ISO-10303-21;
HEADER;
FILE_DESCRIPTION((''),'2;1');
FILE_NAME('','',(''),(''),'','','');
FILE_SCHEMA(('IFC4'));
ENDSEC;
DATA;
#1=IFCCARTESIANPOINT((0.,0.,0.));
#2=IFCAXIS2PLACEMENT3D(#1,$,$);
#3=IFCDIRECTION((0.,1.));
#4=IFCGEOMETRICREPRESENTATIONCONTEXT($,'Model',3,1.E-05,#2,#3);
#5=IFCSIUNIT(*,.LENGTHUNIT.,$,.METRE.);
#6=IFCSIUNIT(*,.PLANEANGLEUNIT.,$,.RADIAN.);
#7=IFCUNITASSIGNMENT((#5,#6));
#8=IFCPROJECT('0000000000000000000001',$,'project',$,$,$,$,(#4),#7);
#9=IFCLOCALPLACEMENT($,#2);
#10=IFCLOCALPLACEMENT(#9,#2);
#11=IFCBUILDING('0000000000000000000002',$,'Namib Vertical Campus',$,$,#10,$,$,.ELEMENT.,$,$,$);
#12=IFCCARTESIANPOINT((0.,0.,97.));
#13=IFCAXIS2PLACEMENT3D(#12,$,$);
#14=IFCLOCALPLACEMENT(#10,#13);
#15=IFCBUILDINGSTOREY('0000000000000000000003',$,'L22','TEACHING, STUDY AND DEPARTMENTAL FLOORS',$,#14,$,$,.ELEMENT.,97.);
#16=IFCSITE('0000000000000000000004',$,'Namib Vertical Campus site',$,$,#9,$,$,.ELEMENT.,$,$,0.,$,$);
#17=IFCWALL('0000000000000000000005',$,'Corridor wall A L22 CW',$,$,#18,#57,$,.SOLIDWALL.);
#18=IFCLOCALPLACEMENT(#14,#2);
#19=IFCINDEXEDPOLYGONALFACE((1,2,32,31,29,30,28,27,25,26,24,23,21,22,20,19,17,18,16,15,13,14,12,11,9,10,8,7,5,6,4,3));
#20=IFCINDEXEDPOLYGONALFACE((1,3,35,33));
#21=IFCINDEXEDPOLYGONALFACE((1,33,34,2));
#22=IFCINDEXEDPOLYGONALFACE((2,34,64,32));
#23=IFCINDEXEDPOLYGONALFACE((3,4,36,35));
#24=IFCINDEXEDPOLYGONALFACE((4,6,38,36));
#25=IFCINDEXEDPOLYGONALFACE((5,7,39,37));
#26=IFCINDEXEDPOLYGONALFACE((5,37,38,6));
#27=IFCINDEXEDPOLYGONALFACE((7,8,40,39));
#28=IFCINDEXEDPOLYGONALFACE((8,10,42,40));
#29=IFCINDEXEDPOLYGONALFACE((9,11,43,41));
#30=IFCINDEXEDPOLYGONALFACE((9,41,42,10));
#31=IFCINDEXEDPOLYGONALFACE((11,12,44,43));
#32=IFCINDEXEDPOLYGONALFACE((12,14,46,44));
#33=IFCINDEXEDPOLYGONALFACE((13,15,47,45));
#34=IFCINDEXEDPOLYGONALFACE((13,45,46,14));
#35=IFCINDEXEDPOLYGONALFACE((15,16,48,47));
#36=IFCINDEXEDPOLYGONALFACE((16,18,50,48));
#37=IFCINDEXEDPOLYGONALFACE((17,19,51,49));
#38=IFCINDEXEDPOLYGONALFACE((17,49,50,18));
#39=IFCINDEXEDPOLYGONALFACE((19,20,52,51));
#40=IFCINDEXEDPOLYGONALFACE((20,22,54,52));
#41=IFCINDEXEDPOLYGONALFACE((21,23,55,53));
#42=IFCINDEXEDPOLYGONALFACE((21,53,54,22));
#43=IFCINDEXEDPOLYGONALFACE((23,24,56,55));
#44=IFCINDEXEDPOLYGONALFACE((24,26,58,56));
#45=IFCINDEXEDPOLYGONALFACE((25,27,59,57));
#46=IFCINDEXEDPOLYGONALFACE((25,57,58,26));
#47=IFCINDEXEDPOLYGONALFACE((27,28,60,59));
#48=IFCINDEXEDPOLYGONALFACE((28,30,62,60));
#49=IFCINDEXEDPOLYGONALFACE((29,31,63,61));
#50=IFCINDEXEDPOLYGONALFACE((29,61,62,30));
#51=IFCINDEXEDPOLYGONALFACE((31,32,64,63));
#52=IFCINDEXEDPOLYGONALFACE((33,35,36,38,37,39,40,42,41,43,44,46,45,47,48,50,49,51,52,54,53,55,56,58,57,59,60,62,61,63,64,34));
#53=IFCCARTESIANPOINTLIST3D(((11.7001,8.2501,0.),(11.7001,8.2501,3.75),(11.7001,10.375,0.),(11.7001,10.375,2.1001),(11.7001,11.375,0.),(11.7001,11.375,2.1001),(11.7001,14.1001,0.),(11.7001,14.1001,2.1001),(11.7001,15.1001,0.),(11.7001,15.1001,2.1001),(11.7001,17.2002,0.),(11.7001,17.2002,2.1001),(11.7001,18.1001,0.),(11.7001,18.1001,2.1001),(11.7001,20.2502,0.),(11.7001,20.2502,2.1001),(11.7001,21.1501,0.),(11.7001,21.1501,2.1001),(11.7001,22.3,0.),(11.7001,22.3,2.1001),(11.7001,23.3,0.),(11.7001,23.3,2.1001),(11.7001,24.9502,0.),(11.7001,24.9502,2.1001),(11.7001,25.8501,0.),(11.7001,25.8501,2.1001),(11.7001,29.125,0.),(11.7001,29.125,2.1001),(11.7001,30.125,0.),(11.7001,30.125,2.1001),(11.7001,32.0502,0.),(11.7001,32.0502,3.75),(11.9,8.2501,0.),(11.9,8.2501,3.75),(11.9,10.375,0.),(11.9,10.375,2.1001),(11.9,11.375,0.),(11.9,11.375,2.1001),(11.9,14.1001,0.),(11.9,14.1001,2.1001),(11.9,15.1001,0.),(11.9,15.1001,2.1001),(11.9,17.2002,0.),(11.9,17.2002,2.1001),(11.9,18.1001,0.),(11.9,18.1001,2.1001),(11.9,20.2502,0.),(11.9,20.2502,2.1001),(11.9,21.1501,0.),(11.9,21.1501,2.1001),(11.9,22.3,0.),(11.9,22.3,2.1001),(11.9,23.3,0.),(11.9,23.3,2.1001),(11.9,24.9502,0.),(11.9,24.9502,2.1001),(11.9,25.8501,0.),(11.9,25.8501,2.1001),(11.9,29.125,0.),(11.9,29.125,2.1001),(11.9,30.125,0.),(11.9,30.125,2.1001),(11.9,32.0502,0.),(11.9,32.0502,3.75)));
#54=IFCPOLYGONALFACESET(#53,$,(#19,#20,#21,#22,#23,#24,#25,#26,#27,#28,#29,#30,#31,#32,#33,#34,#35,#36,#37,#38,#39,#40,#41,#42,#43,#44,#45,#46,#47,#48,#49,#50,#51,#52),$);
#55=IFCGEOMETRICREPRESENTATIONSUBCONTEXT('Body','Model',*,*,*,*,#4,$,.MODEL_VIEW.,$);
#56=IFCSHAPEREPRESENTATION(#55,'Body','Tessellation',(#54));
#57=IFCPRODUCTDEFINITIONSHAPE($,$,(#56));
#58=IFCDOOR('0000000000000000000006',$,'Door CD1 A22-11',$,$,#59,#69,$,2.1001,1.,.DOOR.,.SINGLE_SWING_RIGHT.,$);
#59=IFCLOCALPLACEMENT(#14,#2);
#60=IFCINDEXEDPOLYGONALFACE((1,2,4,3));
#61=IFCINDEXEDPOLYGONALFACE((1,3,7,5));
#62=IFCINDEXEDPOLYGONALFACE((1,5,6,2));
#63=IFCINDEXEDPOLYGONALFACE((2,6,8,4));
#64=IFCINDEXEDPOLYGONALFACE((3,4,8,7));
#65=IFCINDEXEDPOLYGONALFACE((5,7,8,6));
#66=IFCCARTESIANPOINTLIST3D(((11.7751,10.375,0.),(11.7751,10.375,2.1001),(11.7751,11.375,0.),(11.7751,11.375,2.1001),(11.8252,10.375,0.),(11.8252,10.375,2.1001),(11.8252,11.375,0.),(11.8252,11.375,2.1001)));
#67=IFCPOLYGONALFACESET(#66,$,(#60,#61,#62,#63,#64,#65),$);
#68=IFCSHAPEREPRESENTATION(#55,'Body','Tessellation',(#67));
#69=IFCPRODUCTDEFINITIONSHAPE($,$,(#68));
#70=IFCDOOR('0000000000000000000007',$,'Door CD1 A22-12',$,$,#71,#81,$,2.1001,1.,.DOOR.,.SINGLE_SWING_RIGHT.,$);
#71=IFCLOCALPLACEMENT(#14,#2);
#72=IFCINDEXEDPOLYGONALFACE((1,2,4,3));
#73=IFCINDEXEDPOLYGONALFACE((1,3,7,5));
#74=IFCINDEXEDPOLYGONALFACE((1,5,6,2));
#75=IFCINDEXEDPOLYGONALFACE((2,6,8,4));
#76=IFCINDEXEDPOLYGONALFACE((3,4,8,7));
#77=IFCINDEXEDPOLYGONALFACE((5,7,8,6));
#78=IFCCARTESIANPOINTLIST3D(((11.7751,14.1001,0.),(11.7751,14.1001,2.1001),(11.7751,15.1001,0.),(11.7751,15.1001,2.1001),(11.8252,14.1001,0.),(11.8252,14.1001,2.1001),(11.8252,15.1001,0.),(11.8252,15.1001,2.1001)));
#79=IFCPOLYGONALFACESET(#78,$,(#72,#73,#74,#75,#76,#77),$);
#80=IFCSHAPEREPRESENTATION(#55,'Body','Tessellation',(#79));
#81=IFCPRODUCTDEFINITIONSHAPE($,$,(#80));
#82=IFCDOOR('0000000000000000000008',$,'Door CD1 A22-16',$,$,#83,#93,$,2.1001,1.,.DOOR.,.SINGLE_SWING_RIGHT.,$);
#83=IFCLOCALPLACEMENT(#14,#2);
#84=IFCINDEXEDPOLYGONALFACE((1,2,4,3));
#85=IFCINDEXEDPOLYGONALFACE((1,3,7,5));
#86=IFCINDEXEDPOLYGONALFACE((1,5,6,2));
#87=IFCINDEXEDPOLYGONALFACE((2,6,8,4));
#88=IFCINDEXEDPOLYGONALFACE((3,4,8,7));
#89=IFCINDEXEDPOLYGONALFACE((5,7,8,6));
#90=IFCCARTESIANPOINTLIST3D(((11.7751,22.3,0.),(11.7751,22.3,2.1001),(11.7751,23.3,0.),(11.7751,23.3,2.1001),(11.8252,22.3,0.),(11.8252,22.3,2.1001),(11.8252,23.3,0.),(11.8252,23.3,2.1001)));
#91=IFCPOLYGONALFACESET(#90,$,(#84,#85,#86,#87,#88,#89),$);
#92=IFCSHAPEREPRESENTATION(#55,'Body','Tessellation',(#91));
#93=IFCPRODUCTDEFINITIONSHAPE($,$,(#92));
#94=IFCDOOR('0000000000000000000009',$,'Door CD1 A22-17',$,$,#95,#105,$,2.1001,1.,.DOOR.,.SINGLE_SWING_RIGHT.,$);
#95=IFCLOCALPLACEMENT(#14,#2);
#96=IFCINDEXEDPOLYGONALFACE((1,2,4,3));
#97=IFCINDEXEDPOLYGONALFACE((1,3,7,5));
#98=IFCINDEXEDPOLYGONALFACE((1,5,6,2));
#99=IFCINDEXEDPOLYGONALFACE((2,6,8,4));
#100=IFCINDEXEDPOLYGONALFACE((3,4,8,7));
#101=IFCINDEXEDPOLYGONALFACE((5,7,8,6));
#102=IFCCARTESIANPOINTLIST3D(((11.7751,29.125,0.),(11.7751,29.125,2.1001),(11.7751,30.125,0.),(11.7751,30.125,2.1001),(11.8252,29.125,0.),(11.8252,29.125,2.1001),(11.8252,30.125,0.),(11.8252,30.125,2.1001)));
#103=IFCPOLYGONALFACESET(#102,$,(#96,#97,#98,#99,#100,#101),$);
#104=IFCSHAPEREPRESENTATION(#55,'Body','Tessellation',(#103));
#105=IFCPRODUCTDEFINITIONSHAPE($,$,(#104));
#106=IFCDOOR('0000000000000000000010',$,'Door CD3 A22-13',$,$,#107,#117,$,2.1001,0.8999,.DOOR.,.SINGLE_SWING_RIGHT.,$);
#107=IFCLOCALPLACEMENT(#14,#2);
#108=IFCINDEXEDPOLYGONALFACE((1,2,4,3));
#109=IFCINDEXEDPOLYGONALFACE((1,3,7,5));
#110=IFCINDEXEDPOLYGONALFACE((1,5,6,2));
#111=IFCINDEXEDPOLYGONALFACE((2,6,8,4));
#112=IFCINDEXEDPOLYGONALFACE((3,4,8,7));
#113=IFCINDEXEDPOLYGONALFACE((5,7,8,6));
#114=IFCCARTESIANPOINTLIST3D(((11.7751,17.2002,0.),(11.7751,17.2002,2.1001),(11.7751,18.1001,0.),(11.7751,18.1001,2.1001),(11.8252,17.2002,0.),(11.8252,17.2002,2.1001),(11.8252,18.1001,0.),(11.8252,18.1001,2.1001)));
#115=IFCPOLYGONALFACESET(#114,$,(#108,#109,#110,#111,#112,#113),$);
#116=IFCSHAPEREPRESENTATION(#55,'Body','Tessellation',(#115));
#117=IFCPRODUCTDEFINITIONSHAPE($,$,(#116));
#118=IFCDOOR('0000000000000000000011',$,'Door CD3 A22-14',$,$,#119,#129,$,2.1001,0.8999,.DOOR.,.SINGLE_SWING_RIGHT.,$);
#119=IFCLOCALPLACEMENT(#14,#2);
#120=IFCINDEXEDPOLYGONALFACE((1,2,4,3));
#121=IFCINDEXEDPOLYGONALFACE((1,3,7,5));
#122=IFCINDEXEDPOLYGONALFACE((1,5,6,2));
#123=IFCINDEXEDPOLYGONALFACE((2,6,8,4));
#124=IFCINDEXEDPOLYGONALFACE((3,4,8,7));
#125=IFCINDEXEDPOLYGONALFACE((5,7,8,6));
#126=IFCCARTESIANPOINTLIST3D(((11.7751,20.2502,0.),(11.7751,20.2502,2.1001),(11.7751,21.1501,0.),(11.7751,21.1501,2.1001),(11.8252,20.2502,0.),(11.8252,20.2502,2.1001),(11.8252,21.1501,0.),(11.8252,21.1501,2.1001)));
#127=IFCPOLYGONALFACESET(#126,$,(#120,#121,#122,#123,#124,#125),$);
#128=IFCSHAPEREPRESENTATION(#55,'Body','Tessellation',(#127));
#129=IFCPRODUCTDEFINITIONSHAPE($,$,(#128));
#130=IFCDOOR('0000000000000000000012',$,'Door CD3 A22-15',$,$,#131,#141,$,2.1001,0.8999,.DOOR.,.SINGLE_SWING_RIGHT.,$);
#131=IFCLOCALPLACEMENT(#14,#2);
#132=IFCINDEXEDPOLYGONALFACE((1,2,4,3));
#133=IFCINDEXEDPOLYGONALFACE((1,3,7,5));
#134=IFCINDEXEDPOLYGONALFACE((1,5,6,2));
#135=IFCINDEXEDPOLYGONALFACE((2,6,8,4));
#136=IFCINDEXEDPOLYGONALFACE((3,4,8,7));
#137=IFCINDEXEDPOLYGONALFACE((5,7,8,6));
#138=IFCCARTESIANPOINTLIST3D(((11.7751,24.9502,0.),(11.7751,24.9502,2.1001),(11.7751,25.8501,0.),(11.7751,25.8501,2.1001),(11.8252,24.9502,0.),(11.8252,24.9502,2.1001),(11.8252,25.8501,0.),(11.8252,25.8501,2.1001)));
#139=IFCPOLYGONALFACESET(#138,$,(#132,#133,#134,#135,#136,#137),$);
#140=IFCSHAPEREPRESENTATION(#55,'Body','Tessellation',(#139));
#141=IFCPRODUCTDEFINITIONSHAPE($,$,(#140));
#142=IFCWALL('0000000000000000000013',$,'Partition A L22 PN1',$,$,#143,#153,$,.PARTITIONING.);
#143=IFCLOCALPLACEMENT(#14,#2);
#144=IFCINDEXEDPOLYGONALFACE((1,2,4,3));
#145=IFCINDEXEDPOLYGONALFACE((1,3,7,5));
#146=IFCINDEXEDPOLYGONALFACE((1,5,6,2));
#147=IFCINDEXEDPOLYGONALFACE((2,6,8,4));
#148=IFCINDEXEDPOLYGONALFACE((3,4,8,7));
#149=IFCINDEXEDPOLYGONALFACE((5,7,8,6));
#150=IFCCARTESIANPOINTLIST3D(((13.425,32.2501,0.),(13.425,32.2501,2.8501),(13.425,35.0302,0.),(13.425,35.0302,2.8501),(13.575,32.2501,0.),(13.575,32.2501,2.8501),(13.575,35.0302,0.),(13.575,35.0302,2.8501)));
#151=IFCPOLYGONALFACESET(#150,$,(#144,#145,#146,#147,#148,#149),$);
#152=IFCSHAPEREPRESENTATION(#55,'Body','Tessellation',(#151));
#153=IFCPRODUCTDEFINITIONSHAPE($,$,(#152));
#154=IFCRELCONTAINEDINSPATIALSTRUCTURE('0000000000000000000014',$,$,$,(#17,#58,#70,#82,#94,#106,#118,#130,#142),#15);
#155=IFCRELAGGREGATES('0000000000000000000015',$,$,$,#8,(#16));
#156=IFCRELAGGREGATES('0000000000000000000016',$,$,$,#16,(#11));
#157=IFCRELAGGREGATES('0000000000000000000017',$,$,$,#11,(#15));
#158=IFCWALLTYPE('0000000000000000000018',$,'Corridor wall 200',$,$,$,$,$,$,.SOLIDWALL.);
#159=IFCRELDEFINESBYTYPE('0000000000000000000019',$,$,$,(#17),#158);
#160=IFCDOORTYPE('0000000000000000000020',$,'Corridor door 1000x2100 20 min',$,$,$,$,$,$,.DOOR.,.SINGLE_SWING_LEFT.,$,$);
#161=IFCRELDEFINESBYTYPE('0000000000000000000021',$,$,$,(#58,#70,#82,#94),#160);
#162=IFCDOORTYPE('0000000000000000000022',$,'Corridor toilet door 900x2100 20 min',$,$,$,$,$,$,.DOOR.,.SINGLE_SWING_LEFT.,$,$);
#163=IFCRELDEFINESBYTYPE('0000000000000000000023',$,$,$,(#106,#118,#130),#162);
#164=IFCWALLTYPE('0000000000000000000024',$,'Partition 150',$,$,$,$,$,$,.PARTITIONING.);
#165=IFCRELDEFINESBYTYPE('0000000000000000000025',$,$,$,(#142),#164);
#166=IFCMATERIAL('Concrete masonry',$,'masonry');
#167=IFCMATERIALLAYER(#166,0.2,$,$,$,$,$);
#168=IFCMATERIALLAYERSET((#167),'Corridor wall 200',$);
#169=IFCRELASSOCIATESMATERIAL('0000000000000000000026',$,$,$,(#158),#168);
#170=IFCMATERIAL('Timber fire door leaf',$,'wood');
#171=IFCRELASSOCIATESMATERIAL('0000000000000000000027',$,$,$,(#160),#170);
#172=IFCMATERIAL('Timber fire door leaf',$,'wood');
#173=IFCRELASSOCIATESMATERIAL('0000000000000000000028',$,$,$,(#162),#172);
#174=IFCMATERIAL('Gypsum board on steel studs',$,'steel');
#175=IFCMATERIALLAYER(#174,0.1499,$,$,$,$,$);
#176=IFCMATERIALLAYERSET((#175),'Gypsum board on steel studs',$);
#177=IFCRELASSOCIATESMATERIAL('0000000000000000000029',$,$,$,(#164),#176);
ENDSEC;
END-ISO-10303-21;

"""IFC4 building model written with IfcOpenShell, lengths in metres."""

from ifc_helpers import new_model, si_unit, direction, frame, frame_2d, origin, place, context, subcontext, project, spatial, rectangle, extrude, material, layer, layer_set, type_object, element, fill, save


model = new_model("IFC4")

# Units and contexts
model_context = context("Model", 3, precision=1e-05, world=origin(), true_north=direction((0.0, 1.0)))
body_context = subcontext(model_context, "Body", "Model", "MODEL_VIEW")
ifc_project = project(units=[si_unit("LENGTHUNIT", "METRE"), si_unit("PLANEANGLEUNIT", "RADIAN")], contexts=[model_context])

# Site, building, storey
site_placement = place(None, origin())
site = spatial("IfcSite", under=ifc_project, at=site_placement, Name="Namib Vertical Campus site", CompositionType="ELEMENT", RefElevation=0.0)
building_placement = place(site_placement, origin())
building = spatial("IfcBuilding", under=site, at=building_placement, Name="Namib Vertical Campus", CompositionType="ELEMENT")
storey_placement = place(building_placement, frame((0.0, 0.0, 97.0)))
storey = spatial("IfcBuildingStorey", under=building, at=storey_placement, Name="L22", Description="TEACHING, STUDY AND DEPARTMENTAL FLOORS", CompositionType="ELEMENT", Elevation=97.0)

# Wall, openings, doors
ifc_material_1 = material(Name="Concrete masonry", Category="masonry")
ifc_layer_1 = layer(ifc_material_1, 0.2)
ifc_layer_set_1 = layer_set([ifc_layer_1], Name="Corridor wall 200")
wall_type_1 = type_object("IfcWallType", Name="Corridor wall 200", PredefinedType="SOLIDWALL", material=ifc_layer_set_1)
wall_1_placement = place(storey_placement, frame((11.8, 32.05, 0.0), z_axis=(0.0, 0.0, 1.0), x_axis=(0.0, -1.0, 0.0)))
wall_1 = element("IfcWall", 1, at=wall_1_placement, inside=storey, type_object=wall_type_1, Name="Corridor wall A L22 CW", PredefinedType="SOLIDWALL", context=body_context, shape_type="SweptSolid", body=[
    extrude(rectangle(XDim=23.8, YDim=0.2, at=frame_2d((11.8999, 0.0))), origin(), (0.0, 0.0, 1.0), 3.75),
])
opening_1_placement = place(wall_1_placement, frame((20.675, 0.0, 0.0)))
opening_1 = element("IfcOpeningElement", 2, at=opening_1_placement, cuts=wall_1, PredefinedType="OPENING", context=body_context, shape_type="SweptSolid", body=[
    extrude(rectangle(XDim=1.0, YDim=2.1001, at=frame_2d((0.5, 1.05))), frame((0.0, 0.1099, 0.0), z_axis=(0.0, -1.0, 0.0), x_axis=(1.0, 0.0, 0.0)), (0.0, 0.0, 1.0), 0.22),
])
opening_2_placement = place(wall_1_placement, frame((16.95, 0.0, 0.0)))
opening_2 = element("IfcOpeningElement", 3, at=opening_2_placement, cuts=wall_1, PredefinedType="OPENING", context=body_context, shape_type="SweptSolid", body=[
    extrude(rectangle(XDim=1.0, YDim=2.1001, at=frame_2d((0.5, 1.05))), frame((0.0, 0.1099, 0.0), z_axis=(0.0, -1.0, 0.0), x_axis=(1.0, 0.0, 0.0)), (0.0, 0.0, 1.0), 0.22),
])
opening_3_placement = place(wall_1_placement, frame((13.95, 0.0, 0.0)))
opening_3 = element("IfcOpeningElement", 4, at=opening_3_placement, cuts=wall_1, PredefinedType="OPENING", context=body_context, shape_type="SweptSolid", body=[
    extrude(rectangle(XDim=0.8999, YDim=2.1001, at=frame_2d((0.45, 1.05))), frame((0.0, 0.1099, 0.0), z_axis=(0.0, -1.0, 0.0), x_axis=(1.0, 0.0, 0.0)), (0.0, 0.0, 1.0), 0.22),
])
opening_4_placement = place(wall_1_placement, frame((10.8999, 0.0, 0.0)))
opening_4 = element("IfcOpeningElement", 5, at=opening_4_placement, cuts=wall_1, PredefinedType="OPENING", context=body_context, shape_type="SweptSolid", body=[
    extrude(rectangle(XDim=0.8999, YDim=2.1001, at=frame_2d((0.45, 1.05))), frame((0.0, 0.1099, 0.0), z_axis=(0.0, -1.0, 0.0), x_axis=(1.0, 0.0, 0.0)), (0.0, 0.0, 1.0), 0.22),
])
opening_5_placement = place(wall_1_placement, frame((6.2, 0.0, 0.0)))
opening_5 = element("IfcOpeningElement", 6, at=opening_5_placement, cuts=wall_1, PredefinedType="OPENING", context=body_context, shape_type="SweptSolid", body=[
    extrude(rectangle(XDim=0.8999, YDim=2.1001, at=frame_2d((0.45, 1.05))), frame((0.0, 0.1099, 0.0), z_axis=(0.0, -1.0, 0.0), x_axis=(1.0, 0.0, 0.0)), (0.0, 0.0, 1.0), 0.22),
])
opening_6_placement = place(wall_1_placement, frame((8.75, 0.0, 0.0)))
opening_6 = element("IfcOpeningElement", 7, at=opening_6_placement, cuts=wall_1, PredefinedType="OPENING", context=body_context, shape_type="SweptSolid", body=[
    extrude(rectangle(XDim=1.0, YDim=2.1001, at=frame_2d((0.5, 1.05))), frame((0.0, 0.1099, 0.0), z_axis=(0.0, -1.0, 0.0), x_axis=(1.0, 0.0, 0.0)), (0.0, 0.0, 1.0), 0.22),
])
opening_7_placement = place(wall_1_placement, frame((1.925, 0.0, 0.0)))
opening_7 = element("IfcOpeningElement", 8, at=opening_7_placement, cuts=wall_1, PredefinedType="OPENING", context=body_context, shape_type="SweptSolid", body=[
    extrude(rectangle(XDim=1.0, YDim=2.1001, at=frame_2d((0.5, 1.05))), frame((0.0, 0.1099, 0.0), z_axis=(0.0, -1.0, 0.0), x_axis=(1.0, 0.0, 0.0)), (0.0, 0.0, 1.0), 0.22),
])
ifc_material_2 = material(Name="Timber fire door leaf", Category="wood")
door_type_1 = type_object("IfcDoorType", Name="Corridor door 1000x2100 20 min", OperationType="SINGLE_SWING_LEFT", PredefinedType="DOOR", material=ifc_material_2)
door_1_placement = place(opening_1_placement, frame((1.0, 0.0, 0.0), z_axis=(0.0, 0.0, 1.0), x_axis=(-1.0, 0.0, 0.0)))
door_1 = element("IfcDoor", 9, at=door_1_placement, inside=storey, type_object=door_type_1, Name="Door CD1 A22-11", OperationType="SINGLE_SWING_RIGHT", OverallHeight=2.1001, OverallWidth=1.0, PredefinedType="DOOR", context=body_context, shape_type="SweptSolid", body=[
    extrude(rectangle(XDim=1.0, YDim=2.1001, at=frame_2d((0.5, 1.05))), frame((0.0, 0.0249, 0.0), z_axis=(0.0, -1.0, 0.0), x_axis=(1.0, 0.0, 0.0)), (0.0, 0.0, 1.0), 0.05),
])
fill(opening_1, door_1)
door_2_placement = place(opening_2_placement, frame((1.0, 0.0, 0.0), z_axis=(0.0, 0.0, 1.0), x_axis=(-1.0, 0.0, 0.0)))
door_2 = element("IfcDoor", 10, at=door_2_placement, inside=storey, type_object=door_type_1, Name="Door CD1 A22-12", OperationType="SINGLE_SWING_RIGHT", OverallHeight=2.1001, OverallWidth=1.0, PredefinedType="DOOR", context=body_context, shape_type="SweptSolid", body=[
    extrude(rectangle(XDim=1.0, YDim=2.1001, at=frame_2d((0.5, 1.05))), frame((0.0, 0.0249, 0.0), z_axis=(0.0, -1.0, 0.0), x_axis=(1.0, 0.0, 0.0)), (0.0, 0.0, 1.0), 0.05),
])
fill(opening_2, door_2)
door_3_placement = place(opening_6_placement, frame((1.0, 0.0, 0.0), z_axis=(0.0, 0.0, 1.0), x_axis=(-1.0, 0.0, 0.0)))
door_3 = element("IfcDoor", 11, at=door_3_placement, inside=storey, type_object=door_type_1, Name="Door CD1 A22-16", OperationType="SINGLE_SWING_RIGHT", OverallHeight=2.1001, OverallWidth=1.0, PredefinedType="DOOR", context=body_context, shape_type="SweptSolid", body=[
    extrude(rectangle(XDim=1.0, YDim=2.1001, at=frame_2d((0.5, 1.05))), frame((0.0, 0.0249, 0.0), z_axis=(0.0, -1.0, 0.0), x_axis=(1.0, 0.0, 0.0)), (0.0, 0.0, 1.0), 0.05),
])
fill(opening_6, door_3)
door_4_placement = place(opening_7_placement, frame((1.0, 0.0, 0.0), z_axis=(0.0, 0.0, 1.0), x_axis=(-1.0, 0.0, 0.0)))
door_4 = element("IfcDoor", 12, at=door_4_placement, inside=storey, type_object=door_type_1, Name="Door CD1 A22-17", OperationType="SINGLE_SWING_RIGHT", OverallHeight=2.1001, OverallWidth=1.0, PredefinedType="DOOR", context=body_context, shape_type="SweptSolid", body=[
    extrude(rectangle(XDim=1.0, YDim=2.1001, at=frame_2d((0.5, 1.05))), frame((0.0, 0.0249, 0.0), z_axis=(0.0, -1.0, 0.0), x_axis=(1.0, 0.0, 0.0)), (0.0, 0.0, 1.0), 0.05),
])
fill(opening_7, door_4)
ifc_material_3 = material(Name="Timber fire door leaf", Category="wood")
door_type_2 = type_object("IfcDoorType", Name="Corridor toilet door 900x2100 20 min", OperationType="SINGLE_SWING_LEFT", PredefinedType="DOOR", material=ifc_material_3)
door_5_placement = place(opening_3_placement, frame((0.8999, 0.0, 0.0), z_axis=(0.0, 0.0, 1.0), x_axis=(-1.0, 0.0, 0.0)))
door_5 = element("IfcDoor", 13, at=door_5_placement, inside=storey, type_object=door_type_2, Name="Door CD3 A22-13", OperationType="SINGLE_SWING_RIGHT", OverallHeight=2.1001, OverallWidth=0.8999, PredefinedType="DOOR", context=body_context, shape_type="SweptSolid", body=[
    extrude(rectangle(XDim=0.8999, YDim=2.1001, at=frame_2d((0.45, 1.05))), frame((0.0, 0.0249, 0.0), z_axis=(0.0, -1.0, 0.0), x_axis=(1.0, 0.0, 0.0)), (0.0, 0.0, 1.0), 0.05),
])
fill(opening_3, door_5)
door_6_placement = place(opening_4_placement, frame((0.8999, 0.0, 0.0), z_axis=(0.0, 0.0, 1.0), x_axis=(-1.0, 0.0, 0.0)))
door_6 = element("IfcDoor", 14, at=door_6_placement, inside=storey, type_object=door_type_2, Name="Door CD3 A22-14", OperationType="SINGLE_SWING_RIGHT", OverallHeight=2.1001, OverallWidth=0.8999, PredefinedType="DOOR", context=body_context, shape_type="SweptSolid", body=[
    extrude(rectangle(XDim=0.8999, YDim=2.1001, at=frame_2d((0.45, 1.05))), frame((0.0, 0.0249, 0.0), z_axis=(0.0, -1.0, 0.0), x_axis=(1.0, 0.0, 0.0)), (0.0, 0.0, 1.0), 0.05),
])
fill(opening_4, door_6)
door_7_placement = place(opening_5_placement, frame((0.8999, 0.0, 0.0), z_axis=(0.0, 0.0, 1.0), x_axis=(-1.0, 0.0, 0.0)))
door_7 = element("IfcDoor", 15, at=door_7_placement, inside=storey, type_object=door_type_2, Name="Door CD3 A22-15", OperationType="SINGLE_SWING_RIGHT", OverallHeight=2.1001, OverallWidth=0.8999, PredefinedType="DOOR", context=body_context, shape_type="SweptSolid", body=[
    extrude(rectangle(XDim=0.8999, YDim=2.1001, at=frame_2d((0.45, 1.05))), frame((0.0, 0.0249, 0.0), z_axis=(0.0, -1.0, 0.0), x_axis=(1.0, 0.0, 0.0)), (0.0, 0.0, 1.0), 0.05),
])
fill(opening_5, door_7)

# Wall
ifc_material_4 = material(Name="Gypsum board on steel studs", Category="steel")
ifc_layer_2 = layer(ifc_material_4, 0.1499)
ifc_layer_set_2 = layer_set([ifc_layer_2], Name="Gypsum board on steel studs")
wall_type_2 = type_object("IfcWallType", Name="Partition 150", PredefinedType="PARTITIONING", material=ifc_layer_set_2)
wall_2_placement = place(storey_placement, frame((13.5, 32.25, 0.0), z_axis=(0.0, 0.0, 1.0), x_axis=(0.0, 1.0, 0.0)))
element("IfcWall", 16, at=wall_2_placement, inside=storey, type_object=wall_type_2, Name="Partition A L22 PN1", PredefinedType="PARTITIONING", context=body_context, shape_type="SweptSolid", body=[
    extrude(rectangle(XDim=2.78, YDim=0.1499, at=frame_2d((1.3901, 0.0))), origin(), (0.0, 0.0, 1.0), 2.8501),
])

save(model, "model.ifc")
